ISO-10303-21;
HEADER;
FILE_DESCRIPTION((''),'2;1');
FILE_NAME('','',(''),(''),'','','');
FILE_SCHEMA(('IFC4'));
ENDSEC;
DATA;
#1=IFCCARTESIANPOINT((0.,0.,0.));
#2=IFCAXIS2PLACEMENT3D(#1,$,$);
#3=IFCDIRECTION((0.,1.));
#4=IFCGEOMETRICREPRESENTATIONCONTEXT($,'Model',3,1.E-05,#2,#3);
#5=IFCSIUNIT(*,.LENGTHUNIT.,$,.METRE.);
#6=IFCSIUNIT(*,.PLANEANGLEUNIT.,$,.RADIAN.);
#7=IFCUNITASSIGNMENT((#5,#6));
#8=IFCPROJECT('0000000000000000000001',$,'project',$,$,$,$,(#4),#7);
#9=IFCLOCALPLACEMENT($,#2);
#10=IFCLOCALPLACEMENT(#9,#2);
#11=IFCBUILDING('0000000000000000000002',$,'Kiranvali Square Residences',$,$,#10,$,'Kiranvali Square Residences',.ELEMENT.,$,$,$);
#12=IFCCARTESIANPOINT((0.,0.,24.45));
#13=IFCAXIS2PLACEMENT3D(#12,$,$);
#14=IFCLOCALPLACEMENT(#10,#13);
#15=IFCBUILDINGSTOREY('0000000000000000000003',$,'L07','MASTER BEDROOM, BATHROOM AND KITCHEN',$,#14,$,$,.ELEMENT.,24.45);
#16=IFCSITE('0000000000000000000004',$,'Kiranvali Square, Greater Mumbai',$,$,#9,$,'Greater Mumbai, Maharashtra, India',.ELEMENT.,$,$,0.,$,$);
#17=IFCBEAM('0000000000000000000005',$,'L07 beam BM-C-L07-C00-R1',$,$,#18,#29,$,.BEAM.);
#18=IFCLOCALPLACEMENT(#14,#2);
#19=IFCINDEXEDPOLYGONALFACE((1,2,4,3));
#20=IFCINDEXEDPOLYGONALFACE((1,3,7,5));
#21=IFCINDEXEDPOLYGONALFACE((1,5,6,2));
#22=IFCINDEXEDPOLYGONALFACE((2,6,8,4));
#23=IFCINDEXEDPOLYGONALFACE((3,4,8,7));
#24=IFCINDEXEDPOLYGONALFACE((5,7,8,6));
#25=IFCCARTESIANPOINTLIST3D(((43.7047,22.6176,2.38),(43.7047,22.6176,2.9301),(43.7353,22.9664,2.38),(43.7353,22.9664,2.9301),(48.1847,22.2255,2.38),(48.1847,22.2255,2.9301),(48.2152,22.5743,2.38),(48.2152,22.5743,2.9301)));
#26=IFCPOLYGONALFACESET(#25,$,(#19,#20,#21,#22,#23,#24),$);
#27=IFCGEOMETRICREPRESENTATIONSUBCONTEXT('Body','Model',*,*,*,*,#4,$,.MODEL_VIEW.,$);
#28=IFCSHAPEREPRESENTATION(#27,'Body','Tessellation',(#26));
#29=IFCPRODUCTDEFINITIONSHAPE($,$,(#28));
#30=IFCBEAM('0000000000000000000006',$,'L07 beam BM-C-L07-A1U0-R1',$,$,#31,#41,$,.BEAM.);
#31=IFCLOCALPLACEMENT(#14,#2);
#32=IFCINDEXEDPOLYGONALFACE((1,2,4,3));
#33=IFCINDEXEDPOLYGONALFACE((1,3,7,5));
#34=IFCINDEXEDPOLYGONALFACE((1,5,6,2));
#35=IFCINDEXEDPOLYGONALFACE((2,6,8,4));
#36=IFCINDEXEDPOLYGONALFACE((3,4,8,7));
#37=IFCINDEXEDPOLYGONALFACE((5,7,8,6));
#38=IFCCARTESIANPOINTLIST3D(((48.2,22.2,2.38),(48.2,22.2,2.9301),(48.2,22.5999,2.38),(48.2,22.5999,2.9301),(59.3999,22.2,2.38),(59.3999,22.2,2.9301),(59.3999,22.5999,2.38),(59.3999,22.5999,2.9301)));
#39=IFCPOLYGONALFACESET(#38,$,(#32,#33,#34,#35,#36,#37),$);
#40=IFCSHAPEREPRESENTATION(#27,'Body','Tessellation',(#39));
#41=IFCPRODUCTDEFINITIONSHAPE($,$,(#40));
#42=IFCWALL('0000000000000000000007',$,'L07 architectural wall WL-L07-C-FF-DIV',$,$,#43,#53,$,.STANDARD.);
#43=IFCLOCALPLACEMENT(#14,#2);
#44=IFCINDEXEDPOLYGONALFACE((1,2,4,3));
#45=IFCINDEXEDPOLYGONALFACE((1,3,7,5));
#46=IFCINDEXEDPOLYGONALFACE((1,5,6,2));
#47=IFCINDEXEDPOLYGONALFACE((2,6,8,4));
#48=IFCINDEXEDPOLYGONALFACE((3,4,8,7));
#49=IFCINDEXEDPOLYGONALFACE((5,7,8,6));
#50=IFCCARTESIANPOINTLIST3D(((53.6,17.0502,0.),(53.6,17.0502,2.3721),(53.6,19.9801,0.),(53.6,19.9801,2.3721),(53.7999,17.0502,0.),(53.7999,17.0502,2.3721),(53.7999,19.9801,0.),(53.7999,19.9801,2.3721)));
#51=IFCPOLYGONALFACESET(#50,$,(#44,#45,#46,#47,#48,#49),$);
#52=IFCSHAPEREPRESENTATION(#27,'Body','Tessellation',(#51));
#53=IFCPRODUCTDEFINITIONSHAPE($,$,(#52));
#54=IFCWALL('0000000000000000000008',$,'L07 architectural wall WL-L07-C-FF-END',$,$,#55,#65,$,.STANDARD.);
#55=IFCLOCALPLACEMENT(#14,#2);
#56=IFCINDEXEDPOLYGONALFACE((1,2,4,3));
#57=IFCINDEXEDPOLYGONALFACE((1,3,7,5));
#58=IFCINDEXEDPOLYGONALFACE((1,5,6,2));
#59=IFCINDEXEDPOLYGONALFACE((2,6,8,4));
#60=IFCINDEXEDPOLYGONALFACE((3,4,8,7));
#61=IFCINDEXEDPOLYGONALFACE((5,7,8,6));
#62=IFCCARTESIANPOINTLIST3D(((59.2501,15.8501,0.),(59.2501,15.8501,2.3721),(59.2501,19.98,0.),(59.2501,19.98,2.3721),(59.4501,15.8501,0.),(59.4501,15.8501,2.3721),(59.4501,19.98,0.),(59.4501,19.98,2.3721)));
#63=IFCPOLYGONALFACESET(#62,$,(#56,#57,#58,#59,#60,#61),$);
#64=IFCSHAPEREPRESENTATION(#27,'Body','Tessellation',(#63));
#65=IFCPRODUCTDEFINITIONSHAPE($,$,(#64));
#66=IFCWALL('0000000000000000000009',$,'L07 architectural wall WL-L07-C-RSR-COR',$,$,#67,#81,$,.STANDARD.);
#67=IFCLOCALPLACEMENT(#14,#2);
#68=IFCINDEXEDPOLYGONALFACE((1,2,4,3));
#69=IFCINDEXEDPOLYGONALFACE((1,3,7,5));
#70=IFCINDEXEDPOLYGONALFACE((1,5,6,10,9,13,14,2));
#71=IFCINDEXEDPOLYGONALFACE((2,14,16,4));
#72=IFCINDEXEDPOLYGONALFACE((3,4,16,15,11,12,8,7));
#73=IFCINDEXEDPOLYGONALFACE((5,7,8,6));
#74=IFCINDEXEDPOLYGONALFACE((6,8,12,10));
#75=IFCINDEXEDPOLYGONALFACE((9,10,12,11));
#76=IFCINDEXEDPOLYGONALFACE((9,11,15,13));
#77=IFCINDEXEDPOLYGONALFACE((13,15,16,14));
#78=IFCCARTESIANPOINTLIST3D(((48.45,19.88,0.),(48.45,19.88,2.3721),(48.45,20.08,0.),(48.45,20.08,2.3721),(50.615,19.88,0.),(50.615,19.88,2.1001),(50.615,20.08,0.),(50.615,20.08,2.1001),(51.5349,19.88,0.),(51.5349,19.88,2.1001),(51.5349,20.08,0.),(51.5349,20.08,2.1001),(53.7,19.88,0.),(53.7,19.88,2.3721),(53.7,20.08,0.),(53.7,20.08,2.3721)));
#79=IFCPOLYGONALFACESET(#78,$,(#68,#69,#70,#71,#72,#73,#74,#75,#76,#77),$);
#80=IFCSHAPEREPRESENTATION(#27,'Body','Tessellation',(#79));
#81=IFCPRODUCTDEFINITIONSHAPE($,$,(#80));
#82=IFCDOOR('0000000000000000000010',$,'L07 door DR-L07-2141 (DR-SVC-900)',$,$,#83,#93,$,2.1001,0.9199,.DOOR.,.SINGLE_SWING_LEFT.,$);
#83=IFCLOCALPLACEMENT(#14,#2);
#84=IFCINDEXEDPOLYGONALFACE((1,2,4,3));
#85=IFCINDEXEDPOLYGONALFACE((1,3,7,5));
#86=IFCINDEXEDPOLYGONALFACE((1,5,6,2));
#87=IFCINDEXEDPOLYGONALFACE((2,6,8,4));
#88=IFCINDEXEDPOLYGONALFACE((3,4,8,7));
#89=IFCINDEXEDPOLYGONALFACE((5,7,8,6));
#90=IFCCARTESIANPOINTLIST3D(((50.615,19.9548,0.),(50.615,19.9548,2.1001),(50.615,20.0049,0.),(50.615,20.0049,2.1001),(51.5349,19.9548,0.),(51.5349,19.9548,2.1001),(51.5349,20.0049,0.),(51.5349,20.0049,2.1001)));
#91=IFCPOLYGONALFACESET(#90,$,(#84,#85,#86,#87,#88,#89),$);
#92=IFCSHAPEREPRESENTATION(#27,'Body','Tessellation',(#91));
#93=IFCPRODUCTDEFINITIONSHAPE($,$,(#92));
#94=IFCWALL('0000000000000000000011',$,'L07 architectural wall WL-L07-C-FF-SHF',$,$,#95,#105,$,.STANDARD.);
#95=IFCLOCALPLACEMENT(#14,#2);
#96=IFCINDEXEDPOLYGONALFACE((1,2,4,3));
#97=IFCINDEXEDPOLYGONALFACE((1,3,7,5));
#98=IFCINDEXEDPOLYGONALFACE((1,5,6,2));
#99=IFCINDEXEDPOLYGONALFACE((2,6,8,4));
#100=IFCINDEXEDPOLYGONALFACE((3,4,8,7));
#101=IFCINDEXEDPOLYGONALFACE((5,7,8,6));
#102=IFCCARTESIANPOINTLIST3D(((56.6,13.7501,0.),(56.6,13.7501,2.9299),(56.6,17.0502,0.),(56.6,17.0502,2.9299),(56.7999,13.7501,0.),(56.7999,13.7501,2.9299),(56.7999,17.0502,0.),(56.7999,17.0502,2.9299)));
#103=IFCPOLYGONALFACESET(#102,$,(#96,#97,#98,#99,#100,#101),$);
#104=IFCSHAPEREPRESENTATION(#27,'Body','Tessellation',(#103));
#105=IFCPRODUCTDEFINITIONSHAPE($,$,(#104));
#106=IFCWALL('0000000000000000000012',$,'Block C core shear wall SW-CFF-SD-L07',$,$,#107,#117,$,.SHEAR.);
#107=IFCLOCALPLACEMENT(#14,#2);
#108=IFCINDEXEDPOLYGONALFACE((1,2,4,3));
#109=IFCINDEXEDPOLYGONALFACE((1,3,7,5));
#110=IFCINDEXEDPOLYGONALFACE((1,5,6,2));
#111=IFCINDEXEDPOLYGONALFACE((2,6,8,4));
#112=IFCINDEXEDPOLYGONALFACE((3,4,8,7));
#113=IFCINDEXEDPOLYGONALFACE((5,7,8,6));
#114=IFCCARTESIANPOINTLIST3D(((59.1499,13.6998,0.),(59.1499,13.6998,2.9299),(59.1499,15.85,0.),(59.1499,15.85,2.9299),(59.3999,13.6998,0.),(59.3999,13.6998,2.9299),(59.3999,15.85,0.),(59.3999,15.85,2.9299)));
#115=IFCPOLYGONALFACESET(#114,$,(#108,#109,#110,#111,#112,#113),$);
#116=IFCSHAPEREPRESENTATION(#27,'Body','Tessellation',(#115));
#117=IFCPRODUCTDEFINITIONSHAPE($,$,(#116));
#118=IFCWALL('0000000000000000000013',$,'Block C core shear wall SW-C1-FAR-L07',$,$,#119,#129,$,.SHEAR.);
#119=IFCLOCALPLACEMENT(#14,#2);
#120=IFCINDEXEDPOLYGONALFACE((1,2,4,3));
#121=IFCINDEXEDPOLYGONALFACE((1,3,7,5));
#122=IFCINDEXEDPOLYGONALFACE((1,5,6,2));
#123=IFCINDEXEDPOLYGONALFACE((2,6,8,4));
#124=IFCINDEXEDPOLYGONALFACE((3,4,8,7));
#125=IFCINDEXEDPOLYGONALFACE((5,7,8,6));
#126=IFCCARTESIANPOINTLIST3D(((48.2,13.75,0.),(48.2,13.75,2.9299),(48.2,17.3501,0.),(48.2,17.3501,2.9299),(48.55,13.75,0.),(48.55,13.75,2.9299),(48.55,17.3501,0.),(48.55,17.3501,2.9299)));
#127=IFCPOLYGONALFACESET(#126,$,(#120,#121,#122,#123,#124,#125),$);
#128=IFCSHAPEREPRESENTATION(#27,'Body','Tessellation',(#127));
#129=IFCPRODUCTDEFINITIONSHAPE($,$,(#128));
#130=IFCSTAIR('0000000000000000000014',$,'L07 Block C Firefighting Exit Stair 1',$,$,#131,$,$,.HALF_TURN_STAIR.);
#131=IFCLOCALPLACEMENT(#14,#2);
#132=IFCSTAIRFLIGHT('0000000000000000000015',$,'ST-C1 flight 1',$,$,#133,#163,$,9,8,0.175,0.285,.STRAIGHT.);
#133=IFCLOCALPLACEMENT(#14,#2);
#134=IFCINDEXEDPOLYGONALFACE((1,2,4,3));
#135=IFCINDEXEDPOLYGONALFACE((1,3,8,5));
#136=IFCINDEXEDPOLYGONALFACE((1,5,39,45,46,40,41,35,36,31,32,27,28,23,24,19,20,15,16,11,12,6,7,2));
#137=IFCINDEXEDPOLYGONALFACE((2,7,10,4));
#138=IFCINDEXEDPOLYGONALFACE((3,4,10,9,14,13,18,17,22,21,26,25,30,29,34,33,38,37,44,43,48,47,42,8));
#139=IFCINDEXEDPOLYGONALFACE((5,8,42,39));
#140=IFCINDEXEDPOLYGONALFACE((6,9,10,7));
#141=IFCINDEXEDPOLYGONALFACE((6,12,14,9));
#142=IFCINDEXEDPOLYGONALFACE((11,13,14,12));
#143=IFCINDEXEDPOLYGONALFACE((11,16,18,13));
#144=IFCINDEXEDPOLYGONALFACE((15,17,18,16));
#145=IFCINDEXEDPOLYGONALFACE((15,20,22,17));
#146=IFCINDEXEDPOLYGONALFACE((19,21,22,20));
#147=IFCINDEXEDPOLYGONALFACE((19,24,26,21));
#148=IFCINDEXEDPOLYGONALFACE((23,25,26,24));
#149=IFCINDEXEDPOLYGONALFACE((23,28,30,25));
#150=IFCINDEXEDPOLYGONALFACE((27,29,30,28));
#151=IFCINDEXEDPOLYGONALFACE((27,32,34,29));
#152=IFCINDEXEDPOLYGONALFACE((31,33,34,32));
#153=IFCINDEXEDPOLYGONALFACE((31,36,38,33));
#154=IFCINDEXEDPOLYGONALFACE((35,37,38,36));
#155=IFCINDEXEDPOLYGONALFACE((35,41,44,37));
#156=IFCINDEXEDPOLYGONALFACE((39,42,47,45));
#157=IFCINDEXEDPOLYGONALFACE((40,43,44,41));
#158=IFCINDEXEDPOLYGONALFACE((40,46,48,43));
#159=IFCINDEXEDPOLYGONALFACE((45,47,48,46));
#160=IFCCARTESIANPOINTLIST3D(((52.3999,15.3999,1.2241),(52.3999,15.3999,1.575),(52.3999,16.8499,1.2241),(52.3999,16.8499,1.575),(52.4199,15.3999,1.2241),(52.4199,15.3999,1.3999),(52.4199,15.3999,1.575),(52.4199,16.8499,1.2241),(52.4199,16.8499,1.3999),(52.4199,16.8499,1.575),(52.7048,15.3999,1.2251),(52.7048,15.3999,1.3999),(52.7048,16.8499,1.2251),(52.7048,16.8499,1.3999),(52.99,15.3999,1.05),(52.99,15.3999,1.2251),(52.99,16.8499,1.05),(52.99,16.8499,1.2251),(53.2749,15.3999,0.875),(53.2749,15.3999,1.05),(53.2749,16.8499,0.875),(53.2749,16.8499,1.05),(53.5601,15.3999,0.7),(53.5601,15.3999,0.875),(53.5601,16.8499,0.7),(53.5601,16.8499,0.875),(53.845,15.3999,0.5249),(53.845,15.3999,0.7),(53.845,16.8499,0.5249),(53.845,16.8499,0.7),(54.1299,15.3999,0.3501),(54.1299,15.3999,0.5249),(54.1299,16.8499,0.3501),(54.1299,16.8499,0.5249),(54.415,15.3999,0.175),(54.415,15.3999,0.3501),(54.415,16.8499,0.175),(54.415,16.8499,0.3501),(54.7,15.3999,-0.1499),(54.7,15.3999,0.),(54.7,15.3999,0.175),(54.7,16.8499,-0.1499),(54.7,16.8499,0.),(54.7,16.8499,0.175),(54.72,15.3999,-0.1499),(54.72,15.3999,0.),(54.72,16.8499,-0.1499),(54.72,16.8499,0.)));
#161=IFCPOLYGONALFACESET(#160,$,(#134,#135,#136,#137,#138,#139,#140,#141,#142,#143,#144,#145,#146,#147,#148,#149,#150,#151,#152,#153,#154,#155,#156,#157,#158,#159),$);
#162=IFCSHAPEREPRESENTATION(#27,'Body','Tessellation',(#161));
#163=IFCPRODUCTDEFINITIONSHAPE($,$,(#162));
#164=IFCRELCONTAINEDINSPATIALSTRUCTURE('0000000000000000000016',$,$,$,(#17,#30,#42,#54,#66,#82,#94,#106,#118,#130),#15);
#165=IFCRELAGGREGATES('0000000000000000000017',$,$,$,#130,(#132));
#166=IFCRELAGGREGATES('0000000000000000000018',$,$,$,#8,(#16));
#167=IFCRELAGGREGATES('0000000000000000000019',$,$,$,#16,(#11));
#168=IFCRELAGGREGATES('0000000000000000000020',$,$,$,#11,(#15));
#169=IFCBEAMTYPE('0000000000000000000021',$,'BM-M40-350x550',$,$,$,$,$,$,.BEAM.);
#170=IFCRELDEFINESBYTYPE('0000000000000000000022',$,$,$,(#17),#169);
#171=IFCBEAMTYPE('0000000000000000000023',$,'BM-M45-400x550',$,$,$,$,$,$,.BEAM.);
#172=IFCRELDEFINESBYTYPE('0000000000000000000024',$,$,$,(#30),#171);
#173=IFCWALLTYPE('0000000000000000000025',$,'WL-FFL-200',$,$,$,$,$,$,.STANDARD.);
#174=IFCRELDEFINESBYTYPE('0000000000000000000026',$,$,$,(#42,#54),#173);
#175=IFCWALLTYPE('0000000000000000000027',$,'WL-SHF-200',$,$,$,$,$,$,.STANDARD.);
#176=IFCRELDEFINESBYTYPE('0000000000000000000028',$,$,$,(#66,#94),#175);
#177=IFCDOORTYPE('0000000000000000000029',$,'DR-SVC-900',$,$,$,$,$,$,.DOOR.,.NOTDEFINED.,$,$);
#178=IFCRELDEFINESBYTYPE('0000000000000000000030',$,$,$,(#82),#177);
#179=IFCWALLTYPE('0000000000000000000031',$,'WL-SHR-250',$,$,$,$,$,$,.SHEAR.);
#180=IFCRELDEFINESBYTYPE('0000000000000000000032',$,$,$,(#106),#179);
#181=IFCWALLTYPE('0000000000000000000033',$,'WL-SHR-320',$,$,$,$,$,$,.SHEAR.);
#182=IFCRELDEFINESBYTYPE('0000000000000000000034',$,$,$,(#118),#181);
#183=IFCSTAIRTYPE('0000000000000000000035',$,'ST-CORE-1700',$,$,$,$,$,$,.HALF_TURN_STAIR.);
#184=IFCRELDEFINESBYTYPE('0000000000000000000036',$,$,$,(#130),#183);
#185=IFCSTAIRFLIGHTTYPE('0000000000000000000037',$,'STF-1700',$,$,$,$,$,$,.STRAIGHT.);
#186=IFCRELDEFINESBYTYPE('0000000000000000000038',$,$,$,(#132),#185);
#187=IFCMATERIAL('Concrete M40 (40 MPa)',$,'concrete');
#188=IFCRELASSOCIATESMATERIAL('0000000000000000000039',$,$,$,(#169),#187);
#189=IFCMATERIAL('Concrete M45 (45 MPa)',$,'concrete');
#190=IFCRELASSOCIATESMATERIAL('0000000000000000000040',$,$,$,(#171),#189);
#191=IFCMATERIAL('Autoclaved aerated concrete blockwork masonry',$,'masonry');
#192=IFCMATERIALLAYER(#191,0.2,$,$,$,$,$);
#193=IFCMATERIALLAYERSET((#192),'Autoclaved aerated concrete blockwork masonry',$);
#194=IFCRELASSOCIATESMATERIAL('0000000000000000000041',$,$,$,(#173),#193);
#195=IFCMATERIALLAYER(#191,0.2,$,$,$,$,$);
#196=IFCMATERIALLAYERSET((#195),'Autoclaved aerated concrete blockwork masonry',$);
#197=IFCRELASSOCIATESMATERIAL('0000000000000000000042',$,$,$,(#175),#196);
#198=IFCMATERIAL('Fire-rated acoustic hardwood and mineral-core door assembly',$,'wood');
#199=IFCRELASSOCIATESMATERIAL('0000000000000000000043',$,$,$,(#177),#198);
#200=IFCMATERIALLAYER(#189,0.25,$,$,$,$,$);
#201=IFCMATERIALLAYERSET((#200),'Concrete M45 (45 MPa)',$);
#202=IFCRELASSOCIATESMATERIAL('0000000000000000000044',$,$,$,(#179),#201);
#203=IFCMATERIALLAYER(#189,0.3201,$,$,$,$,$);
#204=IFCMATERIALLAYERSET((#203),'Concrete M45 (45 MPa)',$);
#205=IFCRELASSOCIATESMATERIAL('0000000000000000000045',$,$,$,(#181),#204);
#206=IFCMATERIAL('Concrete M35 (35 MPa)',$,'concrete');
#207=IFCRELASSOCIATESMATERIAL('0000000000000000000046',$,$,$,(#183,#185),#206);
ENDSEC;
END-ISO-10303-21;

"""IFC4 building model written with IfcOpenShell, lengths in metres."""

from ifc_helpers import new_model, si_unit, direction, frame, frame_2d, origin, origin_2d, place, context, subcontext, project, spatial, polyline, rectangle, outline, extrude, material, layer, layer_set, material_profile, profile_set, type_object, element, fill, aggregate, save


model = new_model("IFC4")

# Units and contexts
model_context = context("Model", 3, precision=1e-05, world=origin(), true_north=direction((0.0, 1.0)))
body_context = subcontext(model_context, "Body", "Model", "MODEL_VIEW")
ifc_project = project(units=[si_unit("LENGTHUNIT", "METRE"), si_unit("PLANEANGLEUNIT", "RADIAN")], contexts=[model_context])

# Site, building, storey
site_placement = place(None, origin())
site = spatial("IfcSite", under=ifc_project, at=site_placement, Name="Kiranvali Square, Greater Mumbai", LongName="Greater Mumbai, Maharashtra, India", CompositionType="ELEMENT", RefElevation=0.0)
building_placement = place(site_placement, origin())
building = spatial("IfcBuilding", under=site, at=building_placement, Name="Kiranvali Square Residences", LongName="Kiranvali Square Residences", CompositionType="ELEMENT")
storey_placement = place(building_placement, frame((0.0, 0.0, 24.45)))
storey = spatial("IfcBuildingStorey", under=building, at=storey_placement, Name="L07", Description="MASTER BEDROOM, BATHROOM AND KITCHEN", CompositionType="ELEMENT", Elevation=24.45)

# Beams
ifc_material_1 = material(Name="Concrete M40 (40 MPa)", Category="concrete")
ifc_material_profile_1 = material_profile(ifc_material_1, rectangle(XDim=0.3501, YDim=0.55, at=origin_2d()), Name="RC 350x550")
ifc_profile_set_1 = profile_set([ifc_material_profile_1], Name="Concrete M40 (40 MPa)")
beam_type_1 = type_object("IfcBeamType", Name="BM-M40-350x550", PredefinedType="BEAM", material=ifc_profile_set_1)
beam_1_placement = place(storey_placement, frame((48.2, 22.3999, 2.655), z_axis=(-0.996192, 0.087187, 0.0), x_axis=(-0.087187, -0.996192, 0.0)))
element("IfcBeam", 1, at=beam_1_placement, inside=storey, type_object=beam_type_1, Name="L07 beam BM-C-L07-C00-R1", PredefinedType="BEAM", context=body_context, shape_type="SweptSolid", body=[
    extrude(rectangle(XDim=0.3501, YDim=0.55, at=origin_2d()), origin(), (0.0, 0.0, 1.0), 4.4971),
])
ifc_material_2 = material(Name="Concrete M45 (45 MPa)", Category="concrete")
ifc_material_profile_2 = material_profile(ifc_material_2, rectangle(XDim=0.3999, YDim=0.55, at=origin_2d()), Name="RC 400x550")
ifc_profile_set_2 = profile_set([ifc_material_profile_2], Name="Concrete M45 (45 MPa)")
beam_type_2 = type_object("IfcBeamType", Name="BM-M45-400x550", PredefinedType="BEAM", material=ifc_profile_set_2)
beam_2_placement = place(storey_placement, frame((48.2, 22.3999, 2.655), z_axis=(1.0, 0.0, 0.0), x_axis=(0.0, 1.0, 0.0)))
element("IfcBeam", 2, at=beam_2_placement, inside=storey, type_object=beam_type_2, Name="L07 beam BM-C-L07-A1U0-R1", PredefinedType="BEAM", context=body_context, shape_type="SweptSolid", body=[
    extrude(rectangle(XDim=0.3999, YDim=0.55, at=origin_2d()), origin(), (0.0, 0.0, 1.0), 11.2),
])

# Shared definitions
ifc_material_3 = material(Name="Autoclaved aerated concrete blockwork masonry", Category="masonry")
ifc_material_4 = material(Name="Fire-rated acoustic hardwood and mineral-core door assembly", Category="wood")
ifc_layer_1 = layer(ifc_material_3, 0.2)
ifc_layer_set_1 = layer_set([ifc_layer_1], Name="Autoclaved aerated concrete blockwork masonry")
wall_type_1 = type_object("IfcWallType", Name="WL-FFL-200", PredefinedType="STANDARD", material=ifc_layer_set_1)

# Walls
wall_1_placement = place(storey_placement, frame((53.7, 19.98, 0.0), z_axis=(0.0, 0.0, 1.0), x_axis=(0.0, -1.0, 0.0)))
element("IfcWall", 3, at=wall_1_placement, inside=storey, type_object=wall_type_1, Name="L07 architectural wall WL-L07-C-FF-DIV", PredefinedType="STANDARD", context=body_context, shape_type="SweptSolid", body=[
    extrude(rectangle(XDim=2.9299, YDim=0.2, at=frame_2d((1.4648, 0.0))), origin(), (0.0, 0.0, 1.0), 2.3721),
])
wall_2_placement = place(storey_placement, frame((59.3501, 19.98, 0.0), z_axis=(0.0, 0.0, 1.0), x_axis=(0.0, -1.0, 0.0)))
element("IfcWall", 4, at=wall_2_placement, inside=storey, type_object=wall_type_1, Name="L07 architectural wall WL-L07-C-FF-END", PredefinedType="STANDARD", context=body_context, shape_type="SweptSolid", body=[
    extrude(rectangle(XDim=4.1299, YDim=0.2, at=frame_2d((2.0649, 0.0))), origin(), (0.0, 0.0, 1.0), 2.3721),
])

# Wall, opening, door
ifc_layer_2 = layer(ifc_material_3, 0.2)
ifc_layer_set_2 = layer_set([ifc_layer_2], Name="Autoclaved aerated concrete blockwork masonry")
wall_type_2 = type_object("IfcWallType", Name="WL-SHF-200", PredefinedType="STANDARD", material=ifc_layer_set_2)
wall_3_placement = place(storey_placement, frame((48.45, 19.98, 0.0), z_axis=(0.0, 0.0, 1.0), x_axis=(1.0, 0.0, 0.0)))
wall_3 = element("IfcWall", 5, at=wall_3_placement, inside=storey, type_object=wall_type_2, Name="L07 architectural wall WL-L07-C-RSR-COR", PredefinedType="STANDARD", context=body_context, shape_type="SweptSolid", body=[
    extrude(rectangle(XDim=5.25, YDim=0.2, at=frame_2d((2.625, 0.0))), origin(), (0.0, 0.0, 1.0), 2.3721),
])
opening_1_placement = place(wall_3_placement, frame((2.165, 0.0, 0.0)))
opening_1 = element("IfcOpeningElement", 6, at=opening_1_placement, cuts=wall_3, PredefinedType="OPENING", context=body_context, shape_type="SweptSolid", body=[
    extrude(rectangle(XDim=0.9199, YDim=2.1001, at=frame_2d((0.46, 1.05))), frame((0.0, 0.1099, 0.0), z_axis=(0.0, -1.0, 0.0), x_axis=(1.0, 0.0, 0.0)), (0.0, 0.0, 1.0), 0.22),
])
door_type_1 = type_object("IfcDoorType", Name="DR-SVC-900", OperationType="NOTDEFINED", PredefinedType="DOOR", material=ifc_material_4)
door_1_placement = place(opening_1_placement, origin())
door_1 = element("IfcDoor", 7, at=door_1_placement, inside=storey, type_object=door_type_1, Name="L07 door DR-L07-2141 (DR-SVC-900)", OperationType="SINGLE_SWING_LEFT", OverallHeight=2.1001, OverallWidth=0.9199, PredefinedType="DOOR", context=body_context, shape_type="SweptSolid", body=[
    extrude(rectangle(XDim=0.9199, YDim=2.1001, at=frame_2d((0.46, 1.05))), frame((0.0, 0.0249, 0.0), z_axis=(0.0, -1.0, 0.0), x_axis=(1.0, 0.0, 0.0)), (0.0, 0.0, 1.0), 0.05),
])
fill(opening_1, door_1)

# Walls
wall_4_placement = place(storey_placement, frame((56.7, 17.05, 0.0), z_axis=(0.0, 0.0, 1.0), x_axis=(0.0, -1.0, 0.0)))
element("IfcWall", 8, at=wall_4_placement, inside=storey, type_object=wall_type_2, Name="L07 architectural wall WL-L07-C-FF-SHF", PredefinedType="STANDARD", context=body_context, shape_type="SweptSolid", body=[
    extrude(rectangle(XDim=3.3, YDim=0.2, at=frame_2d((1.6499, 0.0))), origin(), (0.0, 0.0, 1.0), 2.9299),
])
ifc_layer_3 = layer(ifc_material_2, 0.25)
ifc_layer_set_3 = layer_set([ifc_layer_3], Name="Concrete M45 (45 MPa)")
wall_type_3 = type_object("IfcWallType", Name="WL-SHR-250", PredefinedType="SHEAR", material=ifc_layer_set_3)
wall_5_placement = place(storey_placement, frame((59.2749, 15.8501, 0.0), z_axis=(0.0, 0.0, 1.0), x_axis=(0.0, -1.0, 0.0)))
element("IfcWall", 9, at=wall_5_placement, inside=storey, type_object=wall_type_3, Name="Block C core shear wall SW-CFF-SD-L07", PredefinedType="SHEAR", context=body_context, shape_type="SweptSolid", body=[
    extrude(rectangle(XDim=2.1501, YDim=0.25, at=frame_2d((1.0752, 0.0))), origin(), (0.0, 0.0, 1.0), 2.9299),
])

# Shared definitions
ifc_layer_4 = layer(ifc_material_2, 0.3201)
ifc_layer_set_4 = layer_set([ifc_layer_4], Name="Concrete M45 (45 MPa)")
wall_type_4 = type_object("IfcWallType", Name="WL-SHR-320", PredefinedType="SHEAR", material=ifc_layer_set_4)

# Wall
wall_6_placement = place(storey_placement, frame((48.375, 17.3501, 0.0), z_axis=(0.0, 0.0, 1.0), x_axis=(0.0, -1.0, 0.0)))
element("IfcWall", 10, at=wall_6_placement, inside=storey, type_object=wall_type_4, Name="Block C core shear wall SW-C1-FAR-L07", PredefinedType="SHEAR", context=body_context, shape_type="SweptSolid", body=[
    extrude(rectangle(XDim=3.6001, YDim=0.3501, at=frame_2d((1.8, 0.0))), origin(), (0.0, 0.0, 1.0), 2.9299),
])

# Stair, stair flight
ifc_material_5 = material(Name="Concrete M35 (35 MPa)", Category="concrete")
stair_type = type_object("IfcStairType", Name="ST-CORE-1700", PredefinedType="HALF_TURN_STAIR", material=ifc_material_5)
stair_placement = place(storey_placement, origin())
stair = element("IfcStair", 11, at=stair_placement, inside=storey, type_object=stair_type, Name="L07 Block C Firefighting Exit Stair 1", PredefinedType="HALF_TURN_STAIR")
stair_flight_type = type_object("IfcStairFlightType", Name="STF-1700", PredefinedType="STRAIGHT", material=ifc_material_5)
stair_flight_placement = place(storey_placement, frame((54.7, 16.125, 0.0), z_axis=(0.0, 0.0, 1.0), x_axis=(-1.0, 0.0, 0.0)))
stair_flight = element("IfcStairFlight", 12, at=stair_flight_placement, type_object=stair_flight_type, Name="ST-C1 flight 1", NumberOfRisers=9, NumberOfTreads=8, PredefinedType="STRAIGHT", RiserHeight=0.175, TreadLength=0.285, context=body_context, shape_type="SweptSolid", body=[
    extrude(outline(polyline([(-0.02, -0.1499), (-0.02, 0.0), (0.0, 0.0), (0.0, 0.175), (0.2849, 0.175), (0.2849, 0.3501), (0.5701, 0.3501), (0.5701, 0.5249), (0.855, 0.5249), (0.855, 0.7), (1.1399, 0.7), (1.1399, 0.875), (1.425, 0.875), (1.425, 1.05), (1.71, 1.05), (1.71, 1.2251), (1.9951, 1.2251), (1.9951, 1.3999), (2.28, 1.3999), (2.28, 1.575), (2.3, 1.575), (2.3, 1.2241), (2.28, 1.2241), (0.0, -0.1499), (-0.02, -0.1499)])), frame((0.0, 0.7251, 0.0), z_axis=(0.0, -1.0, 0.0), x_axis=(1.0, 0.0, 0.0)), (0.0, 0.0, 1.0), 1.45),
])
aggregate(stair, [stair_flight])

save(model, "model.ifc")
